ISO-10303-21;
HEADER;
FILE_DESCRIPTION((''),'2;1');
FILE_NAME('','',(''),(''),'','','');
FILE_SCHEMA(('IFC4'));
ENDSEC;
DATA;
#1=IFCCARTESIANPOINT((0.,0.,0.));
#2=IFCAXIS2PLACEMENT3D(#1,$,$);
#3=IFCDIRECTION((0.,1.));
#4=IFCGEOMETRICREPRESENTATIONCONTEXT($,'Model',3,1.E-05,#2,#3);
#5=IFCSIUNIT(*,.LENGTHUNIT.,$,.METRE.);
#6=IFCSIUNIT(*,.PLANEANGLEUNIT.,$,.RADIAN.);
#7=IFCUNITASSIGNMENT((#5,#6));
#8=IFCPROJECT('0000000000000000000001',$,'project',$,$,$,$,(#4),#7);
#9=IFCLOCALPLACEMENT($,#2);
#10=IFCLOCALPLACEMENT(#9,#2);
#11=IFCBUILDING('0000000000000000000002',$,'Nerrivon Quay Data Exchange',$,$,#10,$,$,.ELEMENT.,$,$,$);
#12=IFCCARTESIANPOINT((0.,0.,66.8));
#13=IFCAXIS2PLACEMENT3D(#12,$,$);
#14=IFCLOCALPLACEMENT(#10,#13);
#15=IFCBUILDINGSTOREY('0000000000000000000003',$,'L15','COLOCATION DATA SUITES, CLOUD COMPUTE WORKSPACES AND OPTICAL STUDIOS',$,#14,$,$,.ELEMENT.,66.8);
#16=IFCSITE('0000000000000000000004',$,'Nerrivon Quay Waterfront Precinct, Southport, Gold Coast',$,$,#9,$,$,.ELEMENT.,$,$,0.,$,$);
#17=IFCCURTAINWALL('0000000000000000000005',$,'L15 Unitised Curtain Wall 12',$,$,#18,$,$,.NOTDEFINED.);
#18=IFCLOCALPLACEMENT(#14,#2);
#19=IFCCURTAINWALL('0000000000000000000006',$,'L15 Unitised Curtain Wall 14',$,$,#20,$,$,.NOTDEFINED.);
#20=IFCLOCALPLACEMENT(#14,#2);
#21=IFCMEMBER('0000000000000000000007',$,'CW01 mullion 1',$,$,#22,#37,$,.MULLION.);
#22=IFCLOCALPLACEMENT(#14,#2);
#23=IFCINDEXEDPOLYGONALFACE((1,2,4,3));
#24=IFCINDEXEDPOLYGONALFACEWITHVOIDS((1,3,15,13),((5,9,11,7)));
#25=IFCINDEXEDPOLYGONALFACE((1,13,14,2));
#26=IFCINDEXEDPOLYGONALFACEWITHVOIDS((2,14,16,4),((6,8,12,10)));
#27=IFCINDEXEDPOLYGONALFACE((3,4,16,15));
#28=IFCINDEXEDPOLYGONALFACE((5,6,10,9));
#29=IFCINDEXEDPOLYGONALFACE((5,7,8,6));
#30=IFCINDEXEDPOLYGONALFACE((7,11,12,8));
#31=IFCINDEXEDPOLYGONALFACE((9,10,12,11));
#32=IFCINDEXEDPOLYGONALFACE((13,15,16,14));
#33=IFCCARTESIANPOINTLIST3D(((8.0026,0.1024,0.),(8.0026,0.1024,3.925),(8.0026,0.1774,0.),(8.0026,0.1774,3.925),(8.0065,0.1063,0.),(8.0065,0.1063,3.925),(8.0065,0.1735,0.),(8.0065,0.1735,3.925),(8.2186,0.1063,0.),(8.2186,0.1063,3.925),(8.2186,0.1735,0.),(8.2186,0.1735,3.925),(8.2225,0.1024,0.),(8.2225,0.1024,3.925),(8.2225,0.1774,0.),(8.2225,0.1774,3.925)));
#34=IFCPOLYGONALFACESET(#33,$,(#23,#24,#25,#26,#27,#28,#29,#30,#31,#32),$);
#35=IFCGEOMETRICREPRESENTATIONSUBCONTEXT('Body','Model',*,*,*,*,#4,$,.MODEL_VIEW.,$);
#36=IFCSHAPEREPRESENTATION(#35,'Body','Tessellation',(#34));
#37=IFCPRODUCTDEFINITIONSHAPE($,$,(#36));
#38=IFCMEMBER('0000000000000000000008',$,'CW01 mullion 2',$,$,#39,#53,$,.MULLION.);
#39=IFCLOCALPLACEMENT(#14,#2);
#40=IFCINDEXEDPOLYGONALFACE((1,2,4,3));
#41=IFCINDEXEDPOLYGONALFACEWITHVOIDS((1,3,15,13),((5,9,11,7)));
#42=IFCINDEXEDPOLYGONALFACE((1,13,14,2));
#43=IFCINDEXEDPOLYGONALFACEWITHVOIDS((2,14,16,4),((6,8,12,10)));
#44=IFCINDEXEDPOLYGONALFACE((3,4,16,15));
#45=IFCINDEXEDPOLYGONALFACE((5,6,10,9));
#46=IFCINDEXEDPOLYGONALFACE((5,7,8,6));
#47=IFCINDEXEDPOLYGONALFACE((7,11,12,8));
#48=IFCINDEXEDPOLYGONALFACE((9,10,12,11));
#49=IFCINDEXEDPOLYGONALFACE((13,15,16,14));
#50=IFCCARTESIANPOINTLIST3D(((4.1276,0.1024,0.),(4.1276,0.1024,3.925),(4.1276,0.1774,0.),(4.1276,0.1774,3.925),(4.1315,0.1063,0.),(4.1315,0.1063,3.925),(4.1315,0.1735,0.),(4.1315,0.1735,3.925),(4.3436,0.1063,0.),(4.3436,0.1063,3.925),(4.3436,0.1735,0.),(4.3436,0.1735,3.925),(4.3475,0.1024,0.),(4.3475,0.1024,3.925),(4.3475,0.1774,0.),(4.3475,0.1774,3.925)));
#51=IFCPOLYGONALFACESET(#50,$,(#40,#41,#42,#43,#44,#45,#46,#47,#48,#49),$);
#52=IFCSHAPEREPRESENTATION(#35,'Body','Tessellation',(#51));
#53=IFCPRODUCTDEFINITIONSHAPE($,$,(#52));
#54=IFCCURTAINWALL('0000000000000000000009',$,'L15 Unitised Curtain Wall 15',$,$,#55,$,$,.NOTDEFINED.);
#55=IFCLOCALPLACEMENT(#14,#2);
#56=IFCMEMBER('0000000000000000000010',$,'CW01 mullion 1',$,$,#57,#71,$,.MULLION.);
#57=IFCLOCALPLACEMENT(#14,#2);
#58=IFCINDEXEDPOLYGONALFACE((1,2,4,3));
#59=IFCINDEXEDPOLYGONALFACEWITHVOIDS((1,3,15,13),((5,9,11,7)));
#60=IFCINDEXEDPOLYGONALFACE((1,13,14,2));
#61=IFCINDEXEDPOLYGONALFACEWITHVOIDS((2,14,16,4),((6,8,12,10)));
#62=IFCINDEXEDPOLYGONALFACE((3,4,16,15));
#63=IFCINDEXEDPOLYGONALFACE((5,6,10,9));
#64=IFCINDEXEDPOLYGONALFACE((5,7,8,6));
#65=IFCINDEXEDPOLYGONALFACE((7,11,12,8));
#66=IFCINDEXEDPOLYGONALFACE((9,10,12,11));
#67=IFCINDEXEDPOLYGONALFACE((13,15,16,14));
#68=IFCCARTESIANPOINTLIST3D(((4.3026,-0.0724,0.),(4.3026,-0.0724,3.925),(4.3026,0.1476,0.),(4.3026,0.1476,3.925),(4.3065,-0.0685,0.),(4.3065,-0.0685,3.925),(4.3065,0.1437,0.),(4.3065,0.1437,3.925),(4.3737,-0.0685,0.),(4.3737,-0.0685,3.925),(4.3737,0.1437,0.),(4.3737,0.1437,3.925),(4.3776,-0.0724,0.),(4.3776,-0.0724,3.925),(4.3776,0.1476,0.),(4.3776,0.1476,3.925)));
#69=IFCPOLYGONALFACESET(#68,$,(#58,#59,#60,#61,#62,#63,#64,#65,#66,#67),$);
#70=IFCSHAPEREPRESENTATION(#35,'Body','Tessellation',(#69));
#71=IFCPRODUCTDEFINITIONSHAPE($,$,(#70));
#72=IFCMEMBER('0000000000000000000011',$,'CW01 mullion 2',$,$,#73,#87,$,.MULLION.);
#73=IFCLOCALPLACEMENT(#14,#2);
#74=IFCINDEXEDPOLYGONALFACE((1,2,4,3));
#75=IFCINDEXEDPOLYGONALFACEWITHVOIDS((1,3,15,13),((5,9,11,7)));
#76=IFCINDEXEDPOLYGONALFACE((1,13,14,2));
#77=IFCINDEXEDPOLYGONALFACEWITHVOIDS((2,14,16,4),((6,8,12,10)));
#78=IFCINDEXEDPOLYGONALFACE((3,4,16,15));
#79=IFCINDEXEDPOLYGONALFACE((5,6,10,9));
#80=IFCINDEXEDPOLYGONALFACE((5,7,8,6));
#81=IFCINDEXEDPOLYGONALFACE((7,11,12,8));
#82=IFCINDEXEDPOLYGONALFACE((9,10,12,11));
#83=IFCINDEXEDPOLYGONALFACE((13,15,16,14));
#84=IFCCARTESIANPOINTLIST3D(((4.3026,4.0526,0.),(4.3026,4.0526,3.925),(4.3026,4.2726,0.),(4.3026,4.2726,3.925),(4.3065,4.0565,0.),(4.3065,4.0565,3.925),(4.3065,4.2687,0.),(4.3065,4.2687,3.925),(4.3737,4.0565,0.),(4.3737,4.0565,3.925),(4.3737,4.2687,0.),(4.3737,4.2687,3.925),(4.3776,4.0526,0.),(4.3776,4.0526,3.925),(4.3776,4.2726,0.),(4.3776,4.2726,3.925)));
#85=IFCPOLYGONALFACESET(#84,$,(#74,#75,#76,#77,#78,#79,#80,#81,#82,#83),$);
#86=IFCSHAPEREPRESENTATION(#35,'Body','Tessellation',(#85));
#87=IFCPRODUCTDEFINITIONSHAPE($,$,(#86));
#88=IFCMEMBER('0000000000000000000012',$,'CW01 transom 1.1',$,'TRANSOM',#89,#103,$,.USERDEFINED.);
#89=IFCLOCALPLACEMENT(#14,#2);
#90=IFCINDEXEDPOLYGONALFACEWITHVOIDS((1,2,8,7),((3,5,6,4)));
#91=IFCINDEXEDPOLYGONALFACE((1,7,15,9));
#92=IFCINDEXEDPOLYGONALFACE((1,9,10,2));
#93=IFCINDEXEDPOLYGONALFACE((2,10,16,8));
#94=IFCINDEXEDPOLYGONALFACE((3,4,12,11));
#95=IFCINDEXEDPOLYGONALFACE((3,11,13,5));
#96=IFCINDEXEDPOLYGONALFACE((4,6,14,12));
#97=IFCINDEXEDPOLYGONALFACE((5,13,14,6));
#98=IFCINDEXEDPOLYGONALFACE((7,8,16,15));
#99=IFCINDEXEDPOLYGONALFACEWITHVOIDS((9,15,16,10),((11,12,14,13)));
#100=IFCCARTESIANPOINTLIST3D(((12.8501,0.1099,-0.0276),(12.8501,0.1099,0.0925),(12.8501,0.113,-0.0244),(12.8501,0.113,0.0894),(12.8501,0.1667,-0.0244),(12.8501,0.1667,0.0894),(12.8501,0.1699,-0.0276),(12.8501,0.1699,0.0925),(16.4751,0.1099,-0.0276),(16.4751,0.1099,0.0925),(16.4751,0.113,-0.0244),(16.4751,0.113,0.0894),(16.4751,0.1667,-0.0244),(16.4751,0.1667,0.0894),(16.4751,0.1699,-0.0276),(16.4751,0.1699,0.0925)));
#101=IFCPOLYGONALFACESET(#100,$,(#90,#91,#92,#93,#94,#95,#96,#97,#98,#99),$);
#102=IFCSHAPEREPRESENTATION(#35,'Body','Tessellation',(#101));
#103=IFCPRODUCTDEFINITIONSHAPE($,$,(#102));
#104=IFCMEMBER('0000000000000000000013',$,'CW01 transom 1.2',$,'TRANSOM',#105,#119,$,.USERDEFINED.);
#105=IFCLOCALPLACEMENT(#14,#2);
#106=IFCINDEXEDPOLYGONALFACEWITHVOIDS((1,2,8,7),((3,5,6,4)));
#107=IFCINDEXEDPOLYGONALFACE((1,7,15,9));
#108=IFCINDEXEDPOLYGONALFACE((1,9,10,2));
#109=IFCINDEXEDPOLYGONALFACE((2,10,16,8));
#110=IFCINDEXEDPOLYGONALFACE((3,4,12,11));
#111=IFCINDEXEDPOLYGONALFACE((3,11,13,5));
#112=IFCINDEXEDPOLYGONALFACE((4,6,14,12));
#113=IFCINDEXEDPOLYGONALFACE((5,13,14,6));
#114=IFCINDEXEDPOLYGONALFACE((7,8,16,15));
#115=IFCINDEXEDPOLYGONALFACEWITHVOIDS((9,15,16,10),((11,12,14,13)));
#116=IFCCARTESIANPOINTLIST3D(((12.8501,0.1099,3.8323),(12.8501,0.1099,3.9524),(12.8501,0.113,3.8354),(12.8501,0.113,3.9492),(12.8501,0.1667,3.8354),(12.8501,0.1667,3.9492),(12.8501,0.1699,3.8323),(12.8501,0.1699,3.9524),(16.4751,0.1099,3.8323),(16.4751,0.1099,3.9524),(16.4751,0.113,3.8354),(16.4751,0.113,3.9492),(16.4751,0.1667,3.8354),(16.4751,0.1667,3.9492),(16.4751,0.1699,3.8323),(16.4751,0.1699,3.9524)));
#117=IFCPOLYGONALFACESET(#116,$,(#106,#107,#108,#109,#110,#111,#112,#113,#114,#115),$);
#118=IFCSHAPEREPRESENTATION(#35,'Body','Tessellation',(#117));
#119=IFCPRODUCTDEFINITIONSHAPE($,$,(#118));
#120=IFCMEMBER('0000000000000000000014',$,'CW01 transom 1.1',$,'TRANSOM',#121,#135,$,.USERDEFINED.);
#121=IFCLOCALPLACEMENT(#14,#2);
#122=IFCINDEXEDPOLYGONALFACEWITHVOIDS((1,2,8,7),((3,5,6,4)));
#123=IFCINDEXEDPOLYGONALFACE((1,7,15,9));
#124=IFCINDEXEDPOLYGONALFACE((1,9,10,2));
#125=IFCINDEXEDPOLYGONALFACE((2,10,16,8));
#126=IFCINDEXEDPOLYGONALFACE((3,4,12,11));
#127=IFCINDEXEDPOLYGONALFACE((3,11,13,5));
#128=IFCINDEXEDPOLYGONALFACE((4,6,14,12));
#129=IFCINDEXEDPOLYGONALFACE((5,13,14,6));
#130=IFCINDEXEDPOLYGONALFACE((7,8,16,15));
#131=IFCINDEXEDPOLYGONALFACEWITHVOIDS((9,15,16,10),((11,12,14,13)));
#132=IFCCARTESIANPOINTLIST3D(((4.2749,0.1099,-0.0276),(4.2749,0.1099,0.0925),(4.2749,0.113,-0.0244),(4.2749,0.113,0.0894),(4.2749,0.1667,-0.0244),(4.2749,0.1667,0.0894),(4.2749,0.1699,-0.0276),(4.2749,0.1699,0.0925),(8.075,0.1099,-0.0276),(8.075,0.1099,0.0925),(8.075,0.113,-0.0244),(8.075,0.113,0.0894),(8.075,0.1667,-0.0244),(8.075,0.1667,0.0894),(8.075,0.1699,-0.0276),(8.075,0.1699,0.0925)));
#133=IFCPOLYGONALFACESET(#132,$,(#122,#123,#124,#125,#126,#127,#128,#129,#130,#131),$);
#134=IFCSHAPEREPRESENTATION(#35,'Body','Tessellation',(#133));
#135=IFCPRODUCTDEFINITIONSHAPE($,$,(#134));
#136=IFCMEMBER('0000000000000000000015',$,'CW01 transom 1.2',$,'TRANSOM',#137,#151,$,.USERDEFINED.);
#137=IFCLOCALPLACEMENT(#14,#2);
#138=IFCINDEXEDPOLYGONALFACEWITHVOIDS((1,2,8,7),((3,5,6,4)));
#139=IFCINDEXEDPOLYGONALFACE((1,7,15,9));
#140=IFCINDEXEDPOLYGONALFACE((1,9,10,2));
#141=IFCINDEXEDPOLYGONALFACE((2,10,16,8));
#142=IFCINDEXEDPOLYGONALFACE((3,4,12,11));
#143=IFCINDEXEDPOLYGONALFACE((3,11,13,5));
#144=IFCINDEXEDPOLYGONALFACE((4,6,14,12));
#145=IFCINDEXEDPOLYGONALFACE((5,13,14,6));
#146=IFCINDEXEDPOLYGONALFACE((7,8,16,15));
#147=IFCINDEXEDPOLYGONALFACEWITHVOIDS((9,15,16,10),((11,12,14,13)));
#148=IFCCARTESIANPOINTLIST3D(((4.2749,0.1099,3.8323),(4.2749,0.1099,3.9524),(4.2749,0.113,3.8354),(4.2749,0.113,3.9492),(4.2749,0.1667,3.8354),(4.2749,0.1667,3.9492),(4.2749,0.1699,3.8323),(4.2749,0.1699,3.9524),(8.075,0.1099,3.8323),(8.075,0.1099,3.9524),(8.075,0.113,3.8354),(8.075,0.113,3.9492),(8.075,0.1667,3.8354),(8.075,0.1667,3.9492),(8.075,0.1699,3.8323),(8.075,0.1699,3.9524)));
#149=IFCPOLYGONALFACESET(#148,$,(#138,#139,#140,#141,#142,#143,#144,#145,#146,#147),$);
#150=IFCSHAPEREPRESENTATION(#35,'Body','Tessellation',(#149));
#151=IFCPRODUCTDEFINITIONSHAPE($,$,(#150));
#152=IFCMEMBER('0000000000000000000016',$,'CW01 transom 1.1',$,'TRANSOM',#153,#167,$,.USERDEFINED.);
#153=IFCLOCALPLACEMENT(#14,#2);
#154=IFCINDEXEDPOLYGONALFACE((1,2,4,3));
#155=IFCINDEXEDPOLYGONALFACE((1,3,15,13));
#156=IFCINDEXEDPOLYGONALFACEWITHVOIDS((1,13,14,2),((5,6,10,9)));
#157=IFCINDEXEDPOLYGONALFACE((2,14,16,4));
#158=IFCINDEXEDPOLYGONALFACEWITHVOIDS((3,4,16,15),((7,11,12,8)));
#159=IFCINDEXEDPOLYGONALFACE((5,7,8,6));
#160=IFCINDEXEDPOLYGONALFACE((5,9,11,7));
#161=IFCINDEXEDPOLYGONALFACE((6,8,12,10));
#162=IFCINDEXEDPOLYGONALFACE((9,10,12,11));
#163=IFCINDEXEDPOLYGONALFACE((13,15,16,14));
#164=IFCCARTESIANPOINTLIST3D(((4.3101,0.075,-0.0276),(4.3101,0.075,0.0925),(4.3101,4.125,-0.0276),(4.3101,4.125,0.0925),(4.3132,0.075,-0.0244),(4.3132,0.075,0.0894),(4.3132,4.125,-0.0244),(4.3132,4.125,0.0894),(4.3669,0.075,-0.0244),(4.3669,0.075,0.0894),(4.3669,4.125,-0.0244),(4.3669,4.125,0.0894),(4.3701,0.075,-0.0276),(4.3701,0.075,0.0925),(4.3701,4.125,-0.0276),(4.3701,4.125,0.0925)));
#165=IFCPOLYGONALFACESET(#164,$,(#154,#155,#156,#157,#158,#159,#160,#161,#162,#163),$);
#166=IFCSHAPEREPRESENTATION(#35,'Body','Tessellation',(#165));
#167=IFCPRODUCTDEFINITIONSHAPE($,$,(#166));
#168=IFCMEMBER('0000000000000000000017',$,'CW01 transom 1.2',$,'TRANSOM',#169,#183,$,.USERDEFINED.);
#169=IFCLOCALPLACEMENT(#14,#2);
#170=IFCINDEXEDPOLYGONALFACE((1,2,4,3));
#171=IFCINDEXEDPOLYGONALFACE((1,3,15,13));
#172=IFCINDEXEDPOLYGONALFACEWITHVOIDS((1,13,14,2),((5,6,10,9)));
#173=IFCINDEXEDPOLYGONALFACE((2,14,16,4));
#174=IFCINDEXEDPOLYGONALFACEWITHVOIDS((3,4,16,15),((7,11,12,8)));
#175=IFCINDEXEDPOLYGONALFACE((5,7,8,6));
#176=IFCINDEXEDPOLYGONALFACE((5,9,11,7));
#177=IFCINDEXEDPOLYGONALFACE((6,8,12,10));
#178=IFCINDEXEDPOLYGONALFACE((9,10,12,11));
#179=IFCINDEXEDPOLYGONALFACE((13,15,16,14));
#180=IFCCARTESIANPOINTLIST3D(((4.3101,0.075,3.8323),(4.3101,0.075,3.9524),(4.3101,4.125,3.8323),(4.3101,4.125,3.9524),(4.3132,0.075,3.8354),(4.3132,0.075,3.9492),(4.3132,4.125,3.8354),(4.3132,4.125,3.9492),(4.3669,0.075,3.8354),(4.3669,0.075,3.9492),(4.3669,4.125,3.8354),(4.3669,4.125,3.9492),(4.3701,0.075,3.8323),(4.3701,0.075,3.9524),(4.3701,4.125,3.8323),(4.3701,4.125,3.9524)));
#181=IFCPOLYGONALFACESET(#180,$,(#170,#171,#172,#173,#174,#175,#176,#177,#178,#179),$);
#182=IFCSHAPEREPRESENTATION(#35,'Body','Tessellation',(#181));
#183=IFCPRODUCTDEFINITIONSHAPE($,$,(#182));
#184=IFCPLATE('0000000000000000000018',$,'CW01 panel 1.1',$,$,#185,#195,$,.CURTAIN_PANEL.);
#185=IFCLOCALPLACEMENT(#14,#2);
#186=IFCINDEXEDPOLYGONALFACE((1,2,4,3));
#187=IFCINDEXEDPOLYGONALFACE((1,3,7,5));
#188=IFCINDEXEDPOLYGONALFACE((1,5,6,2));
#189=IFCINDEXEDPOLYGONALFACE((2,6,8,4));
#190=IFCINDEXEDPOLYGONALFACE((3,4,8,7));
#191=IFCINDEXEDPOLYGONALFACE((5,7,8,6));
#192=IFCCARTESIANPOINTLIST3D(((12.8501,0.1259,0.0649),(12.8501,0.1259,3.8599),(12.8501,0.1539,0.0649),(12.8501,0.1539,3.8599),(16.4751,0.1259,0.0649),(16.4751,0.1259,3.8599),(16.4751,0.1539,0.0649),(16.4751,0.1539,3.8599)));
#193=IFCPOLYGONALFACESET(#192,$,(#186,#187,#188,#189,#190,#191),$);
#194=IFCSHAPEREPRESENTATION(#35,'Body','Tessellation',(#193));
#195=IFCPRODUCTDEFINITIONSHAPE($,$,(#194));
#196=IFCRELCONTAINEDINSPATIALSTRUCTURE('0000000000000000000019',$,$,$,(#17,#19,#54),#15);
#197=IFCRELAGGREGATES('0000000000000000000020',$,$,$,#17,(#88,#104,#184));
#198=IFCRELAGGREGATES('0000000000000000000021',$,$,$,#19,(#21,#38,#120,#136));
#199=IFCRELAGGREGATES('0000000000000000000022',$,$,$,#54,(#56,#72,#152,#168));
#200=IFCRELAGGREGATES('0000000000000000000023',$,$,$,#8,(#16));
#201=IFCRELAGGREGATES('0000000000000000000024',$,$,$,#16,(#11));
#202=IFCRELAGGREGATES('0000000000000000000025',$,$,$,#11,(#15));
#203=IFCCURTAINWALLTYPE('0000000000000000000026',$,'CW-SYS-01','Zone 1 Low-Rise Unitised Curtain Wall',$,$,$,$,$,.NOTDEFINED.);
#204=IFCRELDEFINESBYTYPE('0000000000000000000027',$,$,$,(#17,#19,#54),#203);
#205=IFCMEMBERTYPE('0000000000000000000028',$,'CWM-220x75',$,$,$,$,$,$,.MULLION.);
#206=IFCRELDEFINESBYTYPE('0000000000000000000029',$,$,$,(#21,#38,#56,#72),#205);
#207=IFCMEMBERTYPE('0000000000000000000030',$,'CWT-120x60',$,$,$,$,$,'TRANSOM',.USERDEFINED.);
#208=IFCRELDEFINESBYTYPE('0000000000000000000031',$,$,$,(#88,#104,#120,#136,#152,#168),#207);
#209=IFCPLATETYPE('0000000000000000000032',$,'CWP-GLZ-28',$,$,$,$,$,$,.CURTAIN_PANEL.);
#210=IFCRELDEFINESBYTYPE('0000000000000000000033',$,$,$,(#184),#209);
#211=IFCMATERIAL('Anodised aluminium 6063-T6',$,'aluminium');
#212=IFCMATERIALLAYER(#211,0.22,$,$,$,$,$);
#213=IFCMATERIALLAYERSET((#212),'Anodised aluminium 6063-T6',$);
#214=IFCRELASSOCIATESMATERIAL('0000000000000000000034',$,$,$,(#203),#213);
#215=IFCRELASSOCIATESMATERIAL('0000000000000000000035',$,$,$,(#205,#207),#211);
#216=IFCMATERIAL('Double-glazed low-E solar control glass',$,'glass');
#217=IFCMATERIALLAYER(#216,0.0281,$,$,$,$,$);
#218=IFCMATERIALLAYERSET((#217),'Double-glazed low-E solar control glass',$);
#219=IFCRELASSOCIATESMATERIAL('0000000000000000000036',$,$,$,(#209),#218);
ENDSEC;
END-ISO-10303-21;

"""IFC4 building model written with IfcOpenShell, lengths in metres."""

from ifc_helpers import new_model, si_unit, direction, frame, origin, origin_2d, place, context, subcontext, project, spatial, rectangle, hollow_rectangle, extrude, material, layer, layer_set, material_profile, profile_set, type_object, element, aggregate, save


model = new_model("IFC4")

# Units and contexts
model_context = context("Model", 3, precision=1e-05, world=origin(), true_north=direction((0.0, 1.0)))
body_context = subcontext(model_context, "Body", "Model", "MODEL_VIEW")
ifc_project = project(units=[si_unit("LENGTHUNIT", "METRE"), si_unit("PLANEANGLEUNIT", "RADIAN")], contexts=[model_context])

# Site, building, storey
site_placement = place(None, origin())
site = spatial("IfcSite", under=ifc_project, at=site_placement, Name="Nerrivon Quay Waterfront Precinct, Southport, Gold Coast", CompositionType="ELEMENT", RefElevation=0.0)
building_placement = place(site_placement, origin())
building = spatial("IfcBuilding", under=site, at=building_placement, Name="Nerrivon Quay Data Exchange", CompositionType="ELEMENT")
storey_placement = place(building_placement, frame((0.0, 0.0, 66.8)))
storey = spatial("IfcBuildingStorey", under=building, at=storey_placement, Name="L15", Description="COLOCATION DATA SUITES, CLOUD COMPUTE WORKSPACES AND OPTICAL STUDIOS", CompositionType="ELEMENT", Elevation=66.8)

# Curtain walls, members
ifc_material_1 = material(Name="Anodised aluminium 6063-T6", Category="aluminium")
ifc_layer_1 = layer(ifc_material_1, 0.22)
ifc_layer_set_1 = layer_set([ifc_layer_1], Name="Anodised aluminium 6063-T6")
curtain_wall_type = type_object("IfcCurtainWallType", Name="CW-SYS-01", Description="Zone 1 Low-Rise Unitised Curtain Wall", PredefinedType="NOTDEFINED", material=ifc_layer_set_1)
curtain_wall_1_placement = place(storey_placement, origin())
curtain_wall_1 = element("IfcCurtainWall", 1, at=curtain_wall_1_placement, inside=storey, type_object=curtain_wall_type, Name="L15 Unitised Curtain Wall 12", PredefinedType="NOTDEFINED")
ifc_material_profile_1 = material_profile(ifc_material_1, hollow_rectangle(XDim=0.075, YDim=0.22, WallThickness=0.0039, at=origin_2d()), Name="ALU-MULL-220x75")
ifc_profile_set_1 = profile_set([ifc_material_profile_1], Name="Anodised aluminium 6063-T6")
member_type_1 = type_object("IfcMemberType", Name="CWM-220x75", PredefinedType="MULLION", material=ifc_profile_set_1)
curtain_wall_2_placement = place(storey_placement, origin())
curtain_wall_2 = element("IfcCurtainWall", 2, at=curtain_wall_2_placement, inside=storey, type_object=curtain_wall_type, Name="L15 Unitised Curtain Wall 14", PredefinedType="NOTDEFINED")
member_1_placement = place(storey_placement, frame((8.1125, 0.1399, 0.0), z_axis=(0.0, 0.0, 1.0), x_axis=(0.0, -1.0, 0.0)))
member_1 = element("IfcMember", 3, at=member_1_placement, type_object=member_type_1, Name="CW01 mullion 1", PredefinedType="MULLION", context=body_context, shape_type="SweptSolid", body=[
    extrude(hollow_rectangle(XDim=0.075, YDim=0.22, WallThickness=0.0039, at=origin_2d()), origin(), (0.0, 0.0, 1.0), 3.925),
])
member_2_placement = place(storey_placement, frame((4.2375, 0.1399, 0.0), z_axis=(0.0, 0.0, 1.0), x_axis=(0.0, -1.0, 0.0)))
member_2 = element("IfcMember", 4, at=member_2_placement, type_object=member_type_1, Name="CW01 mullion 2", PredefinedType="MULLION", context=body_context, shape_type="SweptSolid", body=[
    extrude(hollow_rectangle(XDim=0.075, YDim=0.22, WallThickness=0.0039, at=origin_2d()), origin(), (0.0, 0.0, 1.0), 3.925),
])
curtain_wall_3_placement = place(storey_placement, origin())
curtain_wall_3 = element("IfcCurtainWall", 5, at=curtain_wall_3_placement, inside=storey, type_object=curtain_wall_type, Name="L15 Unitised Curtain Wall 15", PredefinedType="NOTDEFINED")
member_3_placement = place(storey_placement, frame((4.3401, 0.0376, 0.0), z_axis=(0.0, 0.0, 1.0), x_axis=(-1.0, 0.0, 0.0)))
member_3 = element("IfcMember", 6, at=member_3_placement, type_object=member_type_1, Name="CW01 mullion 1", PredefinedType="MULLION", context=body_context, shape_type="SweptSolid", body=[
    extrude(hollow_rectangle(XDim=0.075, YDim=0.22, WallThickness=0.0039, at=origin_2d()), origin(), (0.0, 0.0, 1.0), 3.925),
])
member_4_placement = place(storey_placement, frame((4.3401, 4.1626, 0.0), z_axis=(0.0, 0.0, 1.0), x_axis=(-1.0, 0.0, 0.0)))
member_4 = element("IfcMember", 7, at=member_4_placement, type_object=member_type_1, Name="CW01 mullion 2", PredefinedType="MULLION", context=body_context, shape_type="SweptSolid", body=[
    extrude(hollow_rectangle(XDim=0.075, YDim=0.22, WallThickness=0.0039, at=origin_2d()), origin(), (0.0, 0.0, 1.0), 3.925),
])

# Members
ifc_material_profile_2 = material_profile(ifc_material_1, hollow_rectangle(XDim=0.0601, YDim=0.1201, WallThickness=0.0032, at=origin_2d()), Name="ALU-TRAN-120x60")
ifc_profile_set_2 = profile_set([ifc_material_profile_2], Name="Anodised aluminium 6063-T6")
member_type_2 = type_object("IfcMemberType", Name="CWT-120x60", ElementType="TRANSOM", PredefinedType="USERDEFINED", material=ifc_profile_set_2)
member_5_placement = place(storey_placement, frame((16.4751, 0.1399, 0.0325), z_axis=(-1.0, 0.0, 0.0), x_axis=(0.0, -1.0, 0.0)))
member_5 = element("IfcMember", 8, at=member_5_placement, type_object=member_type_2, Name="CW01 transom 1.1", ObjectType="TRANSOM", PredefinedType="USERDEFINED", context=body_context, shape_type="SweptSolid", body=[
    extrude(hollow_rectangle(XDim=0.0601, YDim=0.1201, WallThickness=0.0032, at=origin_2d()), origin(), (0.0, 0.0, 1.0), 3.625),
])
member_6_placement = place(storey_placement, frame((16.4751, 0.1399, 3.8923), z_axis=(-1.0, 0.0, 0.0), x_axis=(0.0, -1.0, 0.0)))
member_6 = element("IfcMember", 9, at=member_6_placement, type_object=member_type_2, Name="CW01 transom 1.2", ObjectType="TRANSOM", PredefinedType="USERDEFINED", context=body_context, shape_type="SweptSolid", body=[
    extrude(hollow_rectangle(XDim=0.0601, YDim=0.1201, WallThickness=0.0032, at=origin_2d()), origin(), (0.0, 0.0, 1.0), 3.625),
])
member_7_placement = place(storey_placement, frame((8.075, 0.1399, 0.0325), z_axis=(-1.0, 0.0, 0.0), x_axis=(0.0, -1.0, 0.0)))
member_7 = element("IfcMember", 10, at=member_7_placement, type_object=member_type_2, Name="CW01 transom 1.1", ObjectType="TRANSOM", PredefinedType="USERDEFINED", context=body_context, shape_type="SweptSolid", body=[
    extrude(hollow_rectangle(XDim=0.0601, YDim=0.1201, WallThickness=0.0032, at=origin_2d()), origin(), (0.0, 0.0, 1.0), 3.8),
])
member_8_placement = place(storey_placement, frame((8.075, 0.1399, 3.8923), z_axis=(-1.0, 0.0, 0.0), x_axis=(0.0, -1.0, 0.0)))
member_8 = element("IfcMember", 11, at=member_8_placement, type_object=member_type_2, Name="CW01 transom 1.2", ObjectType="TRANSOM", PredefinedType="USERDEFINED", context=body_context, shape_type="SweptSolid", body=[
    extrude(hollow_rectangle(XDim=0.0601, YDim=0.1201, WallThickness=0.0032, at=origin_2d()), origin(), (0.0, 0.0, 1.0), 3.8),
])
member_9_placement = place(storey_placement, frame((4.3401, 0.075, 0.0325), z_axis=(0.0, 1.0, 0.0), x_axis=(-1.0, 0.0, 0.0)))
member_9 = element("IfcMember", 12, at=member_9_placement, type_object=member_type_2, Name="CW01 transom 1.1", ObjectType="TRANSOM", PredefinedType="USERDEFINED", context=body_context, shape_type="SweptSolid", body=[
    extrude(hollow_rectangle(XDim=0.0601, YDim=0.1201, WallThickness=0.0032, at=origin_2d()), origin(), (0.0, 0.0, 1.0), 4.05),
])
member_10_placement = place(storey_placement, frame((4.3401, 0.075, 3.8923), z_axis=(0.0, 1.0, 0.0), x_axis=(-1.0, 0.0, 0.0)))
member_10 = element("IfcMember", 13, at=member_10_placement, type_object=member_type_2, Name="CW01 transom 1.2", ObjectType="TRANSOM", PredefinedType="USERDEFINED", context=body_context, shape_type="SweptSolid", body=[
    extrude(hollow_rectangle(XDim=0.0601, YDim=0.1201, WallThickness=0.0032, at=origin_2d()), origin(), (0.0, 0.0, 1.0), 4.05),
])

# Plate
ifc_material_2 = material(Name="Double-glazed low-E solar control glass", Category="glass")
ifc_layer_2 = layer(ifc_material_2, 0.0281)
ifc_layer_set_2 = layer_set([ifc_layer_2], Name="Double-glazed low-E solar control glass")
plate_type = type_object("IfcPlateType", Name="CWP-GLZ-28", PredefinedType="CURTAIN_PANEL", material=ifc_layer_set_2)
plate_1_placement = place(storey_placement, frame((14.6626, 0.1399, 0.0649), z_axis=(0.0, 0.0, 1.0), x_axis=(-1.0, 0.0, 0.0)))
plate_1 = element("IfcPlate", 14, at=plate_1_placement, type_object=plate_type, Name="CW01 panel 1.1", PredefinedType="CURTAIN_PANEL", context=body_context, shape_type="SweptSolid", body=[
    extrude(rectangle(XDim=3.625, YDim=0.0281, at=origin_2d()), origin(), (0.0, 0.0, 1.0), 3.7949),
])
aggregate(curtain_wall_1, [member_5, member_6, plate_1])
aggregate(curtain_wall_2, [member_1, member_2, member_7, member_8])
aggregate(curtain_wall_3, [member_3, member_4, member_9, member_10])

save(model, "model.ifc")
